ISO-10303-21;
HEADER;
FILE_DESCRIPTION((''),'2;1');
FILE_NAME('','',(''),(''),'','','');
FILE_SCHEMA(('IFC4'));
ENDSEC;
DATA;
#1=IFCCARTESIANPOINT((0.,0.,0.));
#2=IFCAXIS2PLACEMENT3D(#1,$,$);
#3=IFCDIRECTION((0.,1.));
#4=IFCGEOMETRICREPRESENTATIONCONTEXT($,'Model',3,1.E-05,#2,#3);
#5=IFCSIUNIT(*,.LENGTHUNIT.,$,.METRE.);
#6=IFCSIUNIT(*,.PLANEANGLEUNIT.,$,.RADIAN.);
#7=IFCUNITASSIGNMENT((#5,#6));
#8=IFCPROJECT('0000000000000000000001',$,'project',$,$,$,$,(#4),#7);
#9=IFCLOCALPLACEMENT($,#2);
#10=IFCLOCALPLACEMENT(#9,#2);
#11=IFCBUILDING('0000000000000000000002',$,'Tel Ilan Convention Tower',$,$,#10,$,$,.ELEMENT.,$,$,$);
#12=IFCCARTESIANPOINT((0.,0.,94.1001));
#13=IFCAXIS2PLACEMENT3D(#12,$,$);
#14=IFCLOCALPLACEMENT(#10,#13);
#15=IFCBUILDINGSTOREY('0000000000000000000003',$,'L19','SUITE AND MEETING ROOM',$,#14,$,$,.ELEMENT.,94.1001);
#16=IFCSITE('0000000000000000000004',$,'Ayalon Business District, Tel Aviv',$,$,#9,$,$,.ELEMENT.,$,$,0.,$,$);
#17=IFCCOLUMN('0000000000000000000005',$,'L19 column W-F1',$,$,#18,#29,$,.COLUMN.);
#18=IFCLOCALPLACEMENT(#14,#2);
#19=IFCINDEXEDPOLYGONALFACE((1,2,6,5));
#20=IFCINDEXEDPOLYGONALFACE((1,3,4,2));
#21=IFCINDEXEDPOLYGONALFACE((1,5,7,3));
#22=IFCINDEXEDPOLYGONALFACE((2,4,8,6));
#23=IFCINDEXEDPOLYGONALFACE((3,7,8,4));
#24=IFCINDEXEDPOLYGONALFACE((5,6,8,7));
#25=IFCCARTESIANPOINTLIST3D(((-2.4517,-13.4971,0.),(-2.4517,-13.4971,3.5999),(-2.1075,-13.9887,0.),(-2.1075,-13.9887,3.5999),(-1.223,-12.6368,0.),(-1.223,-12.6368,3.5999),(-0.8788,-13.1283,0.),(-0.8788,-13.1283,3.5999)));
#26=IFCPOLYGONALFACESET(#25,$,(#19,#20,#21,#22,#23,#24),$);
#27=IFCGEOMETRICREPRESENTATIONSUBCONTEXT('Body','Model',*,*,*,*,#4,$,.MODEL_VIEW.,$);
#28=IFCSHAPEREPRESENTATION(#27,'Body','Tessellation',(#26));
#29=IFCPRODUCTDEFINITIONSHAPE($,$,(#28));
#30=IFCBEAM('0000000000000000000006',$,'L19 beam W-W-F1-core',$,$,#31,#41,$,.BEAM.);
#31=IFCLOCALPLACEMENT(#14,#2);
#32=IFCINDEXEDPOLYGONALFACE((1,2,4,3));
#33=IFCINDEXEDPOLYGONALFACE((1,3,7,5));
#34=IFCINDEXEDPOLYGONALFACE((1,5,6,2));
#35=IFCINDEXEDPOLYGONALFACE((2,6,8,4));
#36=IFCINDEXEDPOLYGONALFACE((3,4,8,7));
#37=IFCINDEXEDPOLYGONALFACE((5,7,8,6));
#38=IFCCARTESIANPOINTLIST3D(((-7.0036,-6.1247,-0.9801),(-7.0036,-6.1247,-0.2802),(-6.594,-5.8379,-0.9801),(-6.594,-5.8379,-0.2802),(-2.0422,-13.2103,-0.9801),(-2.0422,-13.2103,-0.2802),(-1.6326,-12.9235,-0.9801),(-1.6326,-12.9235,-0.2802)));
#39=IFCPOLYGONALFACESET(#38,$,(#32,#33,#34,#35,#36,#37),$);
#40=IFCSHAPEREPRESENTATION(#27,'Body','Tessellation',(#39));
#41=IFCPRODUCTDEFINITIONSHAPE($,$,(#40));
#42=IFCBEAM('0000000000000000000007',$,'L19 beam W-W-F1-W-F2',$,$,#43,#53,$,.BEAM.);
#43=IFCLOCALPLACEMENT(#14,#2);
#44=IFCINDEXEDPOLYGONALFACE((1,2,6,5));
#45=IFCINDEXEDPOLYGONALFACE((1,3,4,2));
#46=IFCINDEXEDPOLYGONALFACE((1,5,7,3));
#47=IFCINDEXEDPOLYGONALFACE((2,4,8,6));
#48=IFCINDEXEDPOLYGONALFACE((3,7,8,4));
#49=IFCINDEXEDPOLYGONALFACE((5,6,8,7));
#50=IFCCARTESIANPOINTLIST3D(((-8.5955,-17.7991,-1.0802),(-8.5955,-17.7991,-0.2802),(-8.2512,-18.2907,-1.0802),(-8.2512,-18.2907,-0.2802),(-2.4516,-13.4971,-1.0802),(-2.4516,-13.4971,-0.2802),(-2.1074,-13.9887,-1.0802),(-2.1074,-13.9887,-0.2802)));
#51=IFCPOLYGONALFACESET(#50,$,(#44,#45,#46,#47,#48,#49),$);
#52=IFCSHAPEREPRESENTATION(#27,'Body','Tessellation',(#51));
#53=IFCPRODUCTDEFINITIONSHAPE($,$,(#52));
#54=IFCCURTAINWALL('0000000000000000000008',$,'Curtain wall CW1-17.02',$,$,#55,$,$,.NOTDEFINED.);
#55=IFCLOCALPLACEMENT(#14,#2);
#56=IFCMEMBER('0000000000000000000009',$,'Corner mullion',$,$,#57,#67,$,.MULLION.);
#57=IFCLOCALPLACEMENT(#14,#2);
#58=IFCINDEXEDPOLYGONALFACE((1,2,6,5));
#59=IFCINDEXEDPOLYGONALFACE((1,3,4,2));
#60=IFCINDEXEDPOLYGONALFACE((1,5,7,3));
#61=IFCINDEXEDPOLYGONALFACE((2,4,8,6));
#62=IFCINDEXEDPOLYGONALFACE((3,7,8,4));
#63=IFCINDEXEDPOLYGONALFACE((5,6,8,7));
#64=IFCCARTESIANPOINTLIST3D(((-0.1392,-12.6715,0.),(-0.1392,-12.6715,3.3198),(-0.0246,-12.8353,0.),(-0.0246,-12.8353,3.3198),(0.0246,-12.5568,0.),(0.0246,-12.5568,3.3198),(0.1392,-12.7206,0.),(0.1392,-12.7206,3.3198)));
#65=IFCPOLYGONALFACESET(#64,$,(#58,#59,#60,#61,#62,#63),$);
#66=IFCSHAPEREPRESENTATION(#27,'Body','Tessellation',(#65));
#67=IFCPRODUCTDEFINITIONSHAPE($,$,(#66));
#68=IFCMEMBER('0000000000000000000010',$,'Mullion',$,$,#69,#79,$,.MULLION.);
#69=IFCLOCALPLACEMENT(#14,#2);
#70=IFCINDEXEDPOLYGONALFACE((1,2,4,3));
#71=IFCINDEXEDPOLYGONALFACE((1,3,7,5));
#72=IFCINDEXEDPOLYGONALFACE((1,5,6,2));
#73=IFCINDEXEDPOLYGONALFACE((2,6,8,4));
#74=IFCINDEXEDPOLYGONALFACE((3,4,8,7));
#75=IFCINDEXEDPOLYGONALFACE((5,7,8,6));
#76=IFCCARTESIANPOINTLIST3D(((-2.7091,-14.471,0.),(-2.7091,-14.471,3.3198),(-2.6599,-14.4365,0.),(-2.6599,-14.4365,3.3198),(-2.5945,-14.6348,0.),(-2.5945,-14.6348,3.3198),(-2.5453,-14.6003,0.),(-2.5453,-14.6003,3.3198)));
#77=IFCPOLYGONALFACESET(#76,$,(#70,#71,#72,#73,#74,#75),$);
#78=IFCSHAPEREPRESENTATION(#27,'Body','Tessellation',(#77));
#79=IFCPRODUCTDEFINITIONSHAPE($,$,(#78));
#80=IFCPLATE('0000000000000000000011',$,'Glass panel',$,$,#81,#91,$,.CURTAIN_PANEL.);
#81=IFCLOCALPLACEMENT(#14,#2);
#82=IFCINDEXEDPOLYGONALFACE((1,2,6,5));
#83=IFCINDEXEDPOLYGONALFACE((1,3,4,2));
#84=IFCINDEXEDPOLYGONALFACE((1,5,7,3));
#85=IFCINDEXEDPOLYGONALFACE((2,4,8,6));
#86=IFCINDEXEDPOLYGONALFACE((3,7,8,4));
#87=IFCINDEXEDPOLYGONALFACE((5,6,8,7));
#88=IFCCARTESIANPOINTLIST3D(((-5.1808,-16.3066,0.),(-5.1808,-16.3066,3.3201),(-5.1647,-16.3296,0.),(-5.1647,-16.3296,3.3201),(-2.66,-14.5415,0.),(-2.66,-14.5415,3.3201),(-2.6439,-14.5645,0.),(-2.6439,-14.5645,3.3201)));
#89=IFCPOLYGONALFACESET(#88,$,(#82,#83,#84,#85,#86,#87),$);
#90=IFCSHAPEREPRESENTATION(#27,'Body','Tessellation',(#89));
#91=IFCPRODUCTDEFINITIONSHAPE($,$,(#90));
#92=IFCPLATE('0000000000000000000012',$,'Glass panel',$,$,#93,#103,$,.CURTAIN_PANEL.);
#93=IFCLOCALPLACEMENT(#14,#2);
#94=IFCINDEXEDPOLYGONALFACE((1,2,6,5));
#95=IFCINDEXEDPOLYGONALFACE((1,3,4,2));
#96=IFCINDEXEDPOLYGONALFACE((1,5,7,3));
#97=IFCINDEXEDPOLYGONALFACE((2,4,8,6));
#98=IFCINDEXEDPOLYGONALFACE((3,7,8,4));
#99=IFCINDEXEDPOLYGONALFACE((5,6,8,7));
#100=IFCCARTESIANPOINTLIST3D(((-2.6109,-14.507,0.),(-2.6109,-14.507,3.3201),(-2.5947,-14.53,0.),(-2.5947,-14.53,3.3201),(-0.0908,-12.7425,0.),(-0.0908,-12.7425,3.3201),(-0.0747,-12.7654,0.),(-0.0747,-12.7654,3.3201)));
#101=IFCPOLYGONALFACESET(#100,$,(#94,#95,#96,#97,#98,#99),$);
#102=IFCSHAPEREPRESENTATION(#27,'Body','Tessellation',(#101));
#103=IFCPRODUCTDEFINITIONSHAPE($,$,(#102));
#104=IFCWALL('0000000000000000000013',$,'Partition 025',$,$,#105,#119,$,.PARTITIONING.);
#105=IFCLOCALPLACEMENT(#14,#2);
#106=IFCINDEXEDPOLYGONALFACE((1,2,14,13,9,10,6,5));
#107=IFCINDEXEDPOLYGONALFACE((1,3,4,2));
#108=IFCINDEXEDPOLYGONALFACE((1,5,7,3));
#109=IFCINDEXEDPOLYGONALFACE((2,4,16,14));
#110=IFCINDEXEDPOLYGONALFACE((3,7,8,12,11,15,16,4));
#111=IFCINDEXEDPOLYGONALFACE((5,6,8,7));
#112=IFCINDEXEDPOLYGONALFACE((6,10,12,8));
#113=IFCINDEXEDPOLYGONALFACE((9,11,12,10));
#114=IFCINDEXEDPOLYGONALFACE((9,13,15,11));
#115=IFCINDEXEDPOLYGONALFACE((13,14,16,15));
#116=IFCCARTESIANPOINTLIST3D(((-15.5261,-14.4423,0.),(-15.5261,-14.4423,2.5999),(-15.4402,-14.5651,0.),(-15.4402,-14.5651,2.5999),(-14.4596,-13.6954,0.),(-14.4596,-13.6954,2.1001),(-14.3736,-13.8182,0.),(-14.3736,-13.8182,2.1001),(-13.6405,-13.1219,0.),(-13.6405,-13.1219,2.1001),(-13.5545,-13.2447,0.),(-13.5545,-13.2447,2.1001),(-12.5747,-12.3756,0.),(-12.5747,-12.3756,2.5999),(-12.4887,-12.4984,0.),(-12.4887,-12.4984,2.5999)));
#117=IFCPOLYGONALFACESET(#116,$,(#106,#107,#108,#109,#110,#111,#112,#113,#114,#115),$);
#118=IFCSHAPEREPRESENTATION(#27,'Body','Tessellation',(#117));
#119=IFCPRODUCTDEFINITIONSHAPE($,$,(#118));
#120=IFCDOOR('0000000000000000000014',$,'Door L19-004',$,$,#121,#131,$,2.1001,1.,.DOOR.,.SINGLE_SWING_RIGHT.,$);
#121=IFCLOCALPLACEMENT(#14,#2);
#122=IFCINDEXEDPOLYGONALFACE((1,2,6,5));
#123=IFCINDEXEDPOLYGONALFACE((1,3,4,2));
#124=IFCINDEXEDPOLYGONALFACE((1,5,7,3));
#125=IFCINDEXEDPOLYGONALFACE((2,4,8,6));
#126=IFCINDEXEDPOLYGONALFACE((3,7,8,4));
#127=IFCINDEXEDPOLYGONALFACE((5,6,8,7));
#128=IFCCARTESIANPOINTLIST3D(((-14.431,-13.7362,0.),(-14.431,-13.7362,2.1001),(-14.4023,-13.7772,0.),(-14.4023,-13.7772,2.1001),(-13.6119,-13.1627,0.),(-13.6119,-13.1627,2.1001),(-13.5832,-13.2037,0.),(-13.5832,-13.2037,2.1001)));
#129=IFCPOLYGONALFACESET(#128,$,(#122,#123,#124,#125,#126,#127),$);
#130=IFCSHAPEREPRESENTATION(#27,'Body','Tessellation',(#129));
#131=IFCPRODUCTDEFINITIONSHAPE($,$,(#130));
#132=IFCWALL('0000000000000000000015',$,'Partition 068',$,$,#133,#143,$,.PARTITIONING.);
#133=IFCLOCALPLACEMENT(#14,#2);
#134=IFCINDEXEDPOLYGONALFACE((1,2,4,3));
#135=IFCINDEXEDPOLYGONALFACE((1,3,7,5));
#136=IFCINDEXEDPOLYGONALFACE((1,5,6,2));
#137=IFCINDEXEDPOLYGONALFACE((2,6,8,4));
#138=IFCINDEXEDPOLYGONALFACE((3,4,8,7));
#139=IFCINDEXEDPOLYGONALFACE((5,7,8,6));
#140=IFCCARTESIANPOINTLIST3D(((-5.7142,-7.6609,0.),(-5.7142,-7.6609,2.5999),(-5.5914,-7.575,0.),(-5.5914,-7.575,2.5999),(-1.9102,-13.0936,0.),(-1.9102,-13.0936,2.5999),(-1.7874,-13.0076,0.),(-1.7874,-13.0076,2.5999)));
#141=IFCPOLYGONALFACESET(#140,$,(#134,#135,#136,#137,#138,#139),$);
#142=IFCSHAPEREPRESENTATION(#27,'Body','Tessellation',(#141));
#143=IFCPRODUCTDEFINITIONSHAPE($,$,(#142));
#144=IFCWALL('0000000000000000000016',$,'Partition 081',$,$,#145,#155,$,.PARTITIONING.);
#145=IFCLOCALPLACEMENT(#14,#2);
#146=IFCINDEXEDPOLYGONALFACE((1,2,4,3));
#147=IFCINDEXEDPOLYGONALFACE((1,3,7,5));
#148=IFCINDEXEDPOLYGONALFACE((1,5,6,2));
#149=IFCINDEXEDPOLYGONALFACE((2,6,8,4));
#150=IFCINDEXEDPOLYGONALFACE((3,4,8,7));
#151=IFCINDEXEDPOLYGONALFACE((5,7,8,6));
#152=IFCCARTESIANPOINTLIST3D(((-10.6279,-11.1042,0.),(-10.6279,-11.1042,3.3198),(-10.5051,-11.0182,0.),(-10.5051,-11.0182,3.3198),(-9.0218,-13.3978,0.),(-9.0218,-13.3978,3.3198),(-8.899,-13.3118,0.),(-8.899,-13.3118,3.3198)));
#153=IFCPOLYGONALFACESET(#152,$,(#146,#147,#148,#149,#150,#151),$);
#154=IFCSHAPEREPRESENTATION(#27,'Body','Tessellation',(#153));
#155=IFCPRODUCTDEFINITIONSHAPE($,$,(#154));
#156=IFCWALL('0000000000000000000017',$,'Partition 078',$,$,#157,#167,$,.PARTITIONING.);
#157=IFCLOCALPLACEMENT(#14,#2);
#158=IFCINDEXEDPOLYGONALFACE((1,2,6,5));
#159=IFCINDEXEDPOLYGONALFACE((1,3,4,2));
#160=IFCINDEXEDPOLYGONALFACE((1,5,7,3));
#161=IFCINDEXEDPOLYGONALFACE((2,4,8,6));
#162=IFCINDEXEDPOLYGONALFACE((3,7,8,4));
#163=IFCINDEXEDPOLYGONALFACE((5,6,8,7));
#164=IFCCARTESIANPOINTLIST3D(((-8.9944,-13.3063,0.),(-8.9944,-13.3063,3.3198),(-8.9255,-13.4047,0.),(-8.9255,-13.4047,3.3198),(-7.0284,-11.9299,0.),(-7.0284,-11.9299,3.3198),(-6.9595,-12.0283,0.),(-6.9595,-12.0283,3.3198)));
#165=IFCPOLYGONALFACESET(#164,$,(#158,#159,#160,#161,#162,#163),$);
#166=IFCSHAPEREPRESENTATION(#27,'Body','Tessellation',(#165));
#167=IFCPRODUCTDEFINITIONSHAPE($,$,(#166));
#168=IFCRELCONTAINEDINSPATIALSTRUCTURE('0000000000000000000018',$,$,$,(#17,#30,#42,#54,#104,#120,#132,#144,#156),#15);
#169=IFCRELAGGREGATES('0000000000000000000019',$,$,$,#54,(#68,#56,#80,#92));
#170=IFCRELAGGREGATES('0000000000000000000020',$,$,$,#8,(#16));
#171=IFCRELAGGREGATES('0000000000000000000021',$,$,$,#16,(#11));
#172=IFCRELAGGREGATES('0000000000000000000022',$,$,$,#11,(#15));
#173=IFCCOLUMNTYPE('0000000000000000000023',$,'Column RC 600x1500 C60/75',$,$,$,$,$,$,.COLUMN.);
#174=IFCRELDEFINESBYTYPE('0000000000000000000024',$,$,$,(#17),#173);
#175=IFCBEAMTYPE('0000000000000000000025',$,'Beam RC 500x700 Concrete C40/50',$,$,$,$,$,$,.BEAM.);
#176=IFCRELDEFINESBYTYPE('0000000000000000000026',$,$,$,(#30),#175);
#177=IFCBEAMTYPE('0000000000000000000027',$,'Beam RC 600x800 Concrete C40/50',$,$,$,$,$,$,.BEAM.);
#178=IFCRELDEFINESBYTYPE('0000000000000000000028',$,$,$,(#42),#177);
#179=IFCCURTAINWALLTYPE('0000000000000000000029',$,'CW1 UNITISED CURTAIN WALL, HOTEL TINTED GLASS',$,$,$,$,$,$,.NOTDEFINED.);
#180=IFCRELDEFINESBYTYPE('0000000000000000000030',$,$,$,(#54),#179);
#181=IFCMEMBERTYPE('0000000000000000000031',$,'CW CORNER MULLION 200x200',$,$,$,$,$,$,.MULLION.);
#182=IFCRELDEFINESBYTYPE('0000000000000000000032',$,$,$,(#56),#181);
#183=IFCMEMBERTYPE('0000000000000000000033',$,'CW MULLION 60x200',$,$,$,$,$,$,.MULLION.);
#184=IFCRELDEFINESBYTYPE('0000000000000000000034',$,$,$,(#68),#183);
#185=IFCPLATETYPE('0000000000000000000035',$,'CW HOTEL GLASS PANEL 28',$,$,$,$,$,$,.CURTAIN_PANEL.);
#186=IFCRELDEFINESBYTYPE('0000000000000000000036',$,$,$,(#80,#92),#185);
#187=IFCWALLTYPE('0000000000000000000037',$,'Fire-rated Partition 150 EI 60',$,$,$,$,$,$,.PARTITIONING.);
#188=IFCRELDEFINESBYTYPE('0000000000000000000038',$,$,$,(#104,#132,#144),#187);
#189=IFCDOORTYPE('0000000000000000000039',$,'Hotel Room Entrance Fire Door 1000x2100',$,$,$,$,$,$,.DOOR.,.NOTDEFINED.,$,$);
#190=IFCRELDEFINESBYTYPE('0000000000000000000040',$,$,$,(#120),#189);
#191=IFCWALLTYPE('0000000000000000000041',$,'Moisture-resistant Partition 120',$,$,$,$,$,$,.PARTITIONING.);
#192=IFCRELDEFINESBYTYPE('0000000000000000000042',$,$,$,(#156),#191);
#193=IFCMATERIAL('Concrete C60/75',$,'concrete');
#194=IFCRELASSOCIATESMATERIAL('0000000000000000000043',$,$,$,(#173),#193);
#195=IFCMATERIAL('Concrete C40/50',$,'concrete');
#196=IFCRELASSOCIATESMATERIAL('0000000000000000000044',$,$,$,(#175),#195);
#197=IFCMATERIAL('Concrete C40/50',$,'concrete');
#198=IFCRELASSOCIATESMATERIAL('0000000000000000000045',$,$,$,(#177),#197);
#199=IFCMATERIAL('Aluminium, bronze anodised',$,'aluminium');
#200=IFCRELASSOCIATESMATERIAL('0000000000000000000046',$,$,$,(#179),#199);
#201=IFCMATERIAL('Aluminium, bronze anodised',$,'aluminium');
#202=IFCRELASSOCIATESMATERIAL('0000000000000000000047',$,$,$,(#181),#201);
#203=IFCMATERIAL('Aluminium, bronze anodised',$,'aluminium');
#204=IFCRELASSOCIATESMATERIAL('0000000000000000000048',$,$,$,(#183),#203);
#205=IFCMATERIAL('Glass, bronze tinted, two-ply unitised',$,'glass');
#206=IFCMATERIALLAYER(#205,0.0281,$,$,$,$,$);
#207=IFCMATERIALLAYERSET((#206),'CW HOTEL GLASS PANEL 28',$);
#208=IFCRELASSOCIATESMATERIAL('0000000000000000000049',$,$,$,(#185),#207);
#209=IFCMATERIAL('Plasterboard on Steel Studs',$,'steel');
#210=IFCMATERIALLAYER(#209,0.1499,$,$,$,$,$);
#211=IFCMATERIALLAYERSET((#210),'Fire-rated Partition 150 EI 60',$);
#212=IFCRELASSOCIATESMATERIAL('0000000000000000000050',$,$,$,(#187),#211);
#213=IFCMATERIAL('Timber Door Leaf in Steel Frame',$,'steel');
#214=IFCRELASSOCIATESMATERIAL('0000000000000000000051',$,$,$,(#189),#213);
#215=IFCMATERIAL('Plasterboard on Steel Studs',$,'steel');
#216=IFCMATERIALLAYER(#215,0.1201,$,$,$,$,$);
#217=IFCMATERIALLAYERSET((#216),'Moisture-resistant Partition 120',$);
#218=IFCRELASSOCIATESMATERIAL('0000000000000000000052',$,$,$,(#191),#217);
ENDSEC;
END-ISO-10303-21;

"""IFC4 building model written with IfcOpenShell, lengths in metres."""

from ifc_helpers import new_model, si_unit, direction, frame, frame_2d, origin, origin_2d, place, context, subcontext, project, spatial, rectangle, extrude, material, layer, layer_set, material_profile, profile_set, type_object, element, fill, aggregate, save


model = new_model("IFC4")

# Units and contexts
model_context = context("Model", 3, precision=1e-05, world=origin(), true_north=direction((0.0, 1.0)))
body_context = subcontext(model_context, "Body", "Model", "MODEL_VIEW")
ifc_project = project(units=[si_unit("LENGTHUNIT", "METRE"), si_unit("PLANEANGLEUNIT", "RADIAN")], contexts=[model_context])

# Site, building, storey
site_placement = place(None, origin())
site = spatial("IfcSite", under=ifc_project, at=site_placement, Name="Ayalon Business District, Tel Aviv", CompositionType="ELEMENT", RefElevation=0.0)
building_placement = place(site_placement, origin())
building = spatial("IfcBuilding", under=site, at=building_placement, Name="Tel Ilan Convention Tower", CompositionType="ELEMENT")
storey_placement = place(building_placement, frame((0.0, 0.0, 94.1001)))
storey = spatial("IfcBuildingStorey", under=building, at=storey_placement, Name="L19", Description="SUITE AND MEETING ROOM", CompositionType="ELEMENT", Elevation=94.1001)

# Column
ifc_material_1 = material(Name="Concrete C60/75", Category="concrete")
ifc_material_profile_1 = material_profile(ifc_material_1, rectangle(XDim=1.5, YDim=0.6001, at=origin_2d()), Name="RC 600x1500")
ifc_profile_set_1 = profile_set([ifc_material_profile_1], Name="Concrete C60/75")
column_type = type_object("IfcColumnType", Name="Column RC 600x1500 C60/75", PredefinedType="COLUMN", material=ifc_profile_set_1)
column_placement = place(storey_placement, frame((-1.6653, -13.3127, 0.0), z_axis=(0.0, 0.0, 1.0), x_axis=(-0.819152, -0.573576, 0.0)))
element("IfcColumn", 1, at=column_placement, inside=storey, type_object=column_type, Name="L19 column W-F1", PredefinedType="COLUMN", context=body_context, shape_type="SweptSolid", body=[
    extrude(rectangle(XDim=1.5, YDim=0.6001, at=origin_2d()), origin(), (0.0, 0.0, 1.0), 3.5999),
])

# Beams
ifc_material_2 = material(Name="Concrete C40/50", Category="concrete")
ifc_material_profile_2 = material_profile(ifc_material_2, rectangle(XDim=0.5, YDim=0.7, at=origin_2d()), Name="RC 500x700")
ifc_profile_set_2 = profile_set([ifc_material_profile_2], Name="Concrete C40/50")
beam_type_1 = type_object("IfcBeamType", Name="Beam RC 500x700 Concrete C40/50", PredefinedType="BEAM", material=ifc_profile_set_2)
beam_1_placement = place(storey_placement, frame((-1.8374, -13.0669, -0.6301), z_axis=(-0.573574, 0.819154, 0.0), x_axis=(-0.819154, -0.573574, 0.0)))
element("IfcBeam", 2, at=beam_1_placement, inside=storey, type_object=beam_type_1, Name="L19 beam W-W-F1-core", PredefinedType="BEAM", context=body_context, shape_type="SweptSolid", body=[
    extrude(rectangle(XDim=0.5, YDim=0.7, at=origin_2d()), origin(), (0.0, 0.0, 1.0), 8.6499),
])
ifc_material_3 = material(Name="Concrete C40/50", Category="concrete")
ifc_material_profile_3 = material_profile(ifc_material_3, rectangle(XDim=0.6001, YDim=0.8, at=origin_2d()), Name="RC 600x800")
ifc_profile_set_3 = profile_set([ifc_material_profile_3], Name="Concrete C40/50")
beam_type_2 = type_object("IfcBeamType", Name="Beam RC 600x800 Concrete C40/50", PredefinedType="BEAM", material=ifc_profile_set_3)
beam_2_placement = place(storey_placement, frame((-2.2795, -13.7429, -0.6802), z_axis=(-0.819148, -0.573582, 0.0), x_axis=(0.573582, -0.819148, 0.0)))
element("IfcBeam", 3, at=beam_2_placement, inside=storey, type_object=beam_type_2, Name="L19 beam W-W-F1-W-F2", PredefinedType="BEAM", context=body_context, shape_type="SweptSolid", body=[
    extrude(rectangle(XDim=0.6001, YDim=0.8, at=origin_2d()), origin(), (0.0, 0.0, 1.0), 7.5002),
])

# Curtain wall, members, plates
ifc_material_4 = material(Name="Aluminium, bronze anodised", Category="aluminium")
curtain_wall_type = type_object("IfcCurtainWallType", Name="CW1 UNITISED CURTAIN WALL, HOTEL TINTED GLASS", PredefinedType="NOTDEFINED", material=ifc_material_4)
curtain_wall_placement = place(storey_placement, origin())
curtain_wall = element("IfcCurtainWall", 4, at=curtain_wall_placement, inside=storey, type_object=curtain_wall_type, Name="Curtain wall CW1-17.02", PredefinedType="NOTDEFINED")
ifc_material_5 = material(Name="Aluminium, bronze anodised", Category="aluminium")
ifc_material_profile_4 = material_profile(ifc_material_5, rectangle(XDim=0.2, YDim=0.2, at=origin_2d()), Name="CW CORNER MULLION 200x200")
ifc_profile_set_4 = profile_set([ifc_material_profile_4], Name="Aluminium, bronze anodised")
member_type_1 = type_object("IfcMemberType", Name="CW CORNER MULLION 200x200", PredefinedType="MULLION", material=ifc_profile_set_4)
member_1_placement = place(storey_placement, frame((0.0, -12.696, 0.0), z_axis=(0.0, 0.0, 1.0), x_axis=(0.819152, 0.573576, 0.0)))
member_1 = element("IfcMember", 5, at=member_1_placement, type_object=member_type_1, Name="Corner mullion", PredefinedType="MULLION", context=body_context, shape_type="SweptSolid", body=[
    extrude(rectangle(XDim=0.2, YDim=0.2, at=origin_2d()), origin(), (0.0, 0.0, 1.0), 3.3198),
])
ifc_material_6 = material(Name="Aluminium, bronze anodised", Category="aluminium")
ifc_material_profile_5 = material_profile(ifc_material_6, rectangle(XDim=0.0601, YDim=0.2, at=origin_2d()), Name="CW MULLION 60x200")
ifc_profile_set_5 = profile_set([ifc_material_profile_5], Name="Aluminium, bronze anodised")
member_type_2 = type_object("IfcMemberType", Name="CW MULLION 60x200", PredefinedType="MULLION", material=ifc_profile_set_5)
member_2_placement = place(storey_placement, frame((-2.6272, -14.5356, 0.0), z_axis=(0.0, 0.0, 1.0), x_axis=(0.819152, 0.573576, 0.0)))
member_2 = element("IfcMember", 6, at=member_2_placement, type_object=member_type_2, Name="Mullion", PredefinedType="MULLION", context=body_context, shape_type="SweptSolid", body=[
    extrude(rectangle(XDim=0.0601, YDim=0.2, at=origin_2d()), origin(), (0.0, 0.0, 1.0), 3.3198),
])
ifc_material_7 = material(Name="Glass, bronze tinted, two-ply unitised", Category="glass")
ifc_layer_1 = layer(ifc_material_7, 0.0281)
ifc_layer_set_1 = layer_set([ifc_layer_1], Name="CW HOTEL GLASS PANEL 28")
plate_type = type_object("IfcPlateType", Name="CW HOTEL GLASS PANEL 28", PredefinedType="CURTAIN_PANEL", material=ifc_layer_set_1)
plate_1_placement = place(storey_placement, frame((-3.9124, -15.4355, 0.0), z_axis=(0.0, 0.0, 1.0), x_axis=(0.819152, 0.573576, 0.0)))
plate_1 = element("IfcPlate", 7, at=plate_1_placement, type_object=plate_type, Name="Glass panel", PredefinedType="CURTAIN_PANEL", context=body_context, shape_type="SweptSolid", body=[
    extrude(rectangle(XDim=3.0774, YDim=0.0281, at=origin_2d()), origin(), (0.0, 0.0, 1.0), 3.3201),
])
plate_2_placement = place(storey_placement, frame((-1.3428, -13.6362, 0.0), z_axis=(0.0, 0.0, 1.0), x_axis=(0.819152, 0.573576, 0.0)))
plate_2 = element("IfcPlate", 8, at=plate_2_placement, type_object=plate_type, Name="Glass panel", PredefinedType="CURTAIN_PANEL", context=body_context, shape_type="SweptSolid", body=[
    extrude(rectangle(XDim=3.0764, YDim=0.0281, at=origin_2d()), origin(), (0.0, 0.0, 1.0), 3.3201),
])
aggregate(curtain_wall, [member_2, member_1, plate_1, plate_2])

# Wall, opening, door
ifc_material_8 = material(Name="Plasterboard on Steel Studs", Category="steel")
ifc_layer_2 = layer(ifc_material_8, 0.1499)
ifc_layer_set_2 = layer_set([ifc_layer_2], Name="Fire-rated Partition 150 EI 60")
wall_type_1 = type_object("IfcWallType", Name="Fire-rated Partition 150 EI 60", PredefinedType="PARTITIONING", material=ifc_layer_set_2)
wall_1_placement = place(storey_placement, frame((-12.5317, -12.437, 0.0), z_axis=(0.0, 0.0, 1.0), x_axis=(-0.819146, -0.573585, 0.0)))
wall_1 = element("IfcWall", 9, at=wall_1_placement, inside=storey, type_object=wall_type_1, Name="Partition 025", PredefinedType="PARTITIONING", context=body_context, shape_type="SweptSolid", body=[
    extrude(rectangle(XDim=3.603, YDim=0.1499, at=frame_2d((1.8015, 0.0))), origin(), (0.0, 0.0, 1.0), 2.5999),
])
opening_1_placement = place(wall_1_placement, frame((1.301, 0.0, 0.0)))
opening_1 = element("IfcOpeningElement", 10, at=opening_1_placement, cuts=wall_1, PredefinedType="OPENING", context=body_context, shape_type="SweptSolid", body=[
    extrude(rectangle(XDim=1.0, YDim=2.1001, at=frame_2d((0.5, 1.05))), frame((0.0, 0.085, 0.0), z_axis=(0.0, -1.0, 0.0), x_axis=(1.0, 0.0, 0.0)), (0.0, 0.0, 1.0), 0.1699),
])
ifc_material_9 = material(Name="Timber Door Leaf in Steel Frame", Category="steel")
door_type_1 = type_object("IfcDoorType", Name="Hotel Room Entrance Fire Door 1000x2100", OperationType="NOTDEFINED", PredefinedType="DOOR", material=ifc_material_9)
door_1_placement = place(opening_1_placement, origin())
door_1 = element("IfcDoor", 11, at=door_1_placement, inside=storey, type_object=door_type_1, Name="Door L19-004", OperationType="SINGLE_SWING_RIGHT", OverallHeight=2.1001, OverallWidth=1.0, PredefinedType="DOOR", context=body_context, shape_type="SweptSolid", body=[
    extrude(rectangle(XDim=1.0, YDim=2.1001, at=frame_2d((0.5, 1.05))), frame((0.0, 0.0249, 0.0), z_axis=(0.0, -1.0, 0.0), x_axis=(1.0, 0.0, 0.0)), (0.0, 0.0, 1.0), 0.05),
])
fill(opening_1, door_1)

# Walls
wall_2_placement = place(storey_placement, frame((-1.8489, -13.0505, 0.0), z_axis=(0.0, 0.0, 1.0), x_axis=(-0.573576, 0.819152, 0.0)))
element("IfcWall", 12, at=wall_2_placement, inside=storey, type_object=wall_type_1, Name="Partition 068", PredefinedType="PARTITIONING", context=body_context, shape_type="SweptSolid", body=[
    extrude(rectangle(XDim=6.6321, YDim=0.1499, at=frame_2d((3.3159, 0.0))), origin(), (0.0, 0.0, 1.0), 2.5999),
])
wall_3_placement = place(storey_placement, frame((-8.9604, -13.3547, 0.0), z_axis=(0.0, 0.0, 1.0), x_axis=(-0.573609, 0.81913, 0.0)))
element("IfcWall", 13, at=wall_3_placement, inside=storey, type_object=wall_type_1, Name="Partition 081", PredefinedType="PARTITIONING", context=body_context, shape_type="SweptSolid", body=[
    extrude(rectangle(XDim=2.8, YDim=0.1499, at=frame_2d((1.3999, 0.0))), origin(), (0.0, 0.0, 1.0), 3.3198),
])
ifc_material_10 = material(Name="Plasterboard on Steel Studs", Category="steel")
ifc_layer_3 = layer(ifc_material_10, 0.1201)
ifc_layer_set_3 = layer_set([ifc_layer_3], Name="Moisture-resistant Partition 120")
wall_type_2 = type_object("IfcWallType", Name="Moisture-resistant Partition 120", PredefinedType="PARTITIONING", material=ifc_layer_set_3)
wall_4_placement = place(storey_placement, frame((-8.96, -13.3555, 0.0), z_axis=(0.0, 0.0, 1.0), x_axis=(0.819189, 0.573524, 0.0)))
element("IfcWall", 14, at=wall_4_placement, inside=storey, type_object=wall_type_2, Name="Partition 078", PredefinedType="PARTITIONING", context=body_context, shape_type="SweptSolid", body=[
    extrude(rectangle(XDim=2.3999, YDim=0.1201, at=frame_2d((1.2, 0.0))), origin(), (0.0, 0.0, 1.0), 3.3198),
])

save(model, "model.ifc")
